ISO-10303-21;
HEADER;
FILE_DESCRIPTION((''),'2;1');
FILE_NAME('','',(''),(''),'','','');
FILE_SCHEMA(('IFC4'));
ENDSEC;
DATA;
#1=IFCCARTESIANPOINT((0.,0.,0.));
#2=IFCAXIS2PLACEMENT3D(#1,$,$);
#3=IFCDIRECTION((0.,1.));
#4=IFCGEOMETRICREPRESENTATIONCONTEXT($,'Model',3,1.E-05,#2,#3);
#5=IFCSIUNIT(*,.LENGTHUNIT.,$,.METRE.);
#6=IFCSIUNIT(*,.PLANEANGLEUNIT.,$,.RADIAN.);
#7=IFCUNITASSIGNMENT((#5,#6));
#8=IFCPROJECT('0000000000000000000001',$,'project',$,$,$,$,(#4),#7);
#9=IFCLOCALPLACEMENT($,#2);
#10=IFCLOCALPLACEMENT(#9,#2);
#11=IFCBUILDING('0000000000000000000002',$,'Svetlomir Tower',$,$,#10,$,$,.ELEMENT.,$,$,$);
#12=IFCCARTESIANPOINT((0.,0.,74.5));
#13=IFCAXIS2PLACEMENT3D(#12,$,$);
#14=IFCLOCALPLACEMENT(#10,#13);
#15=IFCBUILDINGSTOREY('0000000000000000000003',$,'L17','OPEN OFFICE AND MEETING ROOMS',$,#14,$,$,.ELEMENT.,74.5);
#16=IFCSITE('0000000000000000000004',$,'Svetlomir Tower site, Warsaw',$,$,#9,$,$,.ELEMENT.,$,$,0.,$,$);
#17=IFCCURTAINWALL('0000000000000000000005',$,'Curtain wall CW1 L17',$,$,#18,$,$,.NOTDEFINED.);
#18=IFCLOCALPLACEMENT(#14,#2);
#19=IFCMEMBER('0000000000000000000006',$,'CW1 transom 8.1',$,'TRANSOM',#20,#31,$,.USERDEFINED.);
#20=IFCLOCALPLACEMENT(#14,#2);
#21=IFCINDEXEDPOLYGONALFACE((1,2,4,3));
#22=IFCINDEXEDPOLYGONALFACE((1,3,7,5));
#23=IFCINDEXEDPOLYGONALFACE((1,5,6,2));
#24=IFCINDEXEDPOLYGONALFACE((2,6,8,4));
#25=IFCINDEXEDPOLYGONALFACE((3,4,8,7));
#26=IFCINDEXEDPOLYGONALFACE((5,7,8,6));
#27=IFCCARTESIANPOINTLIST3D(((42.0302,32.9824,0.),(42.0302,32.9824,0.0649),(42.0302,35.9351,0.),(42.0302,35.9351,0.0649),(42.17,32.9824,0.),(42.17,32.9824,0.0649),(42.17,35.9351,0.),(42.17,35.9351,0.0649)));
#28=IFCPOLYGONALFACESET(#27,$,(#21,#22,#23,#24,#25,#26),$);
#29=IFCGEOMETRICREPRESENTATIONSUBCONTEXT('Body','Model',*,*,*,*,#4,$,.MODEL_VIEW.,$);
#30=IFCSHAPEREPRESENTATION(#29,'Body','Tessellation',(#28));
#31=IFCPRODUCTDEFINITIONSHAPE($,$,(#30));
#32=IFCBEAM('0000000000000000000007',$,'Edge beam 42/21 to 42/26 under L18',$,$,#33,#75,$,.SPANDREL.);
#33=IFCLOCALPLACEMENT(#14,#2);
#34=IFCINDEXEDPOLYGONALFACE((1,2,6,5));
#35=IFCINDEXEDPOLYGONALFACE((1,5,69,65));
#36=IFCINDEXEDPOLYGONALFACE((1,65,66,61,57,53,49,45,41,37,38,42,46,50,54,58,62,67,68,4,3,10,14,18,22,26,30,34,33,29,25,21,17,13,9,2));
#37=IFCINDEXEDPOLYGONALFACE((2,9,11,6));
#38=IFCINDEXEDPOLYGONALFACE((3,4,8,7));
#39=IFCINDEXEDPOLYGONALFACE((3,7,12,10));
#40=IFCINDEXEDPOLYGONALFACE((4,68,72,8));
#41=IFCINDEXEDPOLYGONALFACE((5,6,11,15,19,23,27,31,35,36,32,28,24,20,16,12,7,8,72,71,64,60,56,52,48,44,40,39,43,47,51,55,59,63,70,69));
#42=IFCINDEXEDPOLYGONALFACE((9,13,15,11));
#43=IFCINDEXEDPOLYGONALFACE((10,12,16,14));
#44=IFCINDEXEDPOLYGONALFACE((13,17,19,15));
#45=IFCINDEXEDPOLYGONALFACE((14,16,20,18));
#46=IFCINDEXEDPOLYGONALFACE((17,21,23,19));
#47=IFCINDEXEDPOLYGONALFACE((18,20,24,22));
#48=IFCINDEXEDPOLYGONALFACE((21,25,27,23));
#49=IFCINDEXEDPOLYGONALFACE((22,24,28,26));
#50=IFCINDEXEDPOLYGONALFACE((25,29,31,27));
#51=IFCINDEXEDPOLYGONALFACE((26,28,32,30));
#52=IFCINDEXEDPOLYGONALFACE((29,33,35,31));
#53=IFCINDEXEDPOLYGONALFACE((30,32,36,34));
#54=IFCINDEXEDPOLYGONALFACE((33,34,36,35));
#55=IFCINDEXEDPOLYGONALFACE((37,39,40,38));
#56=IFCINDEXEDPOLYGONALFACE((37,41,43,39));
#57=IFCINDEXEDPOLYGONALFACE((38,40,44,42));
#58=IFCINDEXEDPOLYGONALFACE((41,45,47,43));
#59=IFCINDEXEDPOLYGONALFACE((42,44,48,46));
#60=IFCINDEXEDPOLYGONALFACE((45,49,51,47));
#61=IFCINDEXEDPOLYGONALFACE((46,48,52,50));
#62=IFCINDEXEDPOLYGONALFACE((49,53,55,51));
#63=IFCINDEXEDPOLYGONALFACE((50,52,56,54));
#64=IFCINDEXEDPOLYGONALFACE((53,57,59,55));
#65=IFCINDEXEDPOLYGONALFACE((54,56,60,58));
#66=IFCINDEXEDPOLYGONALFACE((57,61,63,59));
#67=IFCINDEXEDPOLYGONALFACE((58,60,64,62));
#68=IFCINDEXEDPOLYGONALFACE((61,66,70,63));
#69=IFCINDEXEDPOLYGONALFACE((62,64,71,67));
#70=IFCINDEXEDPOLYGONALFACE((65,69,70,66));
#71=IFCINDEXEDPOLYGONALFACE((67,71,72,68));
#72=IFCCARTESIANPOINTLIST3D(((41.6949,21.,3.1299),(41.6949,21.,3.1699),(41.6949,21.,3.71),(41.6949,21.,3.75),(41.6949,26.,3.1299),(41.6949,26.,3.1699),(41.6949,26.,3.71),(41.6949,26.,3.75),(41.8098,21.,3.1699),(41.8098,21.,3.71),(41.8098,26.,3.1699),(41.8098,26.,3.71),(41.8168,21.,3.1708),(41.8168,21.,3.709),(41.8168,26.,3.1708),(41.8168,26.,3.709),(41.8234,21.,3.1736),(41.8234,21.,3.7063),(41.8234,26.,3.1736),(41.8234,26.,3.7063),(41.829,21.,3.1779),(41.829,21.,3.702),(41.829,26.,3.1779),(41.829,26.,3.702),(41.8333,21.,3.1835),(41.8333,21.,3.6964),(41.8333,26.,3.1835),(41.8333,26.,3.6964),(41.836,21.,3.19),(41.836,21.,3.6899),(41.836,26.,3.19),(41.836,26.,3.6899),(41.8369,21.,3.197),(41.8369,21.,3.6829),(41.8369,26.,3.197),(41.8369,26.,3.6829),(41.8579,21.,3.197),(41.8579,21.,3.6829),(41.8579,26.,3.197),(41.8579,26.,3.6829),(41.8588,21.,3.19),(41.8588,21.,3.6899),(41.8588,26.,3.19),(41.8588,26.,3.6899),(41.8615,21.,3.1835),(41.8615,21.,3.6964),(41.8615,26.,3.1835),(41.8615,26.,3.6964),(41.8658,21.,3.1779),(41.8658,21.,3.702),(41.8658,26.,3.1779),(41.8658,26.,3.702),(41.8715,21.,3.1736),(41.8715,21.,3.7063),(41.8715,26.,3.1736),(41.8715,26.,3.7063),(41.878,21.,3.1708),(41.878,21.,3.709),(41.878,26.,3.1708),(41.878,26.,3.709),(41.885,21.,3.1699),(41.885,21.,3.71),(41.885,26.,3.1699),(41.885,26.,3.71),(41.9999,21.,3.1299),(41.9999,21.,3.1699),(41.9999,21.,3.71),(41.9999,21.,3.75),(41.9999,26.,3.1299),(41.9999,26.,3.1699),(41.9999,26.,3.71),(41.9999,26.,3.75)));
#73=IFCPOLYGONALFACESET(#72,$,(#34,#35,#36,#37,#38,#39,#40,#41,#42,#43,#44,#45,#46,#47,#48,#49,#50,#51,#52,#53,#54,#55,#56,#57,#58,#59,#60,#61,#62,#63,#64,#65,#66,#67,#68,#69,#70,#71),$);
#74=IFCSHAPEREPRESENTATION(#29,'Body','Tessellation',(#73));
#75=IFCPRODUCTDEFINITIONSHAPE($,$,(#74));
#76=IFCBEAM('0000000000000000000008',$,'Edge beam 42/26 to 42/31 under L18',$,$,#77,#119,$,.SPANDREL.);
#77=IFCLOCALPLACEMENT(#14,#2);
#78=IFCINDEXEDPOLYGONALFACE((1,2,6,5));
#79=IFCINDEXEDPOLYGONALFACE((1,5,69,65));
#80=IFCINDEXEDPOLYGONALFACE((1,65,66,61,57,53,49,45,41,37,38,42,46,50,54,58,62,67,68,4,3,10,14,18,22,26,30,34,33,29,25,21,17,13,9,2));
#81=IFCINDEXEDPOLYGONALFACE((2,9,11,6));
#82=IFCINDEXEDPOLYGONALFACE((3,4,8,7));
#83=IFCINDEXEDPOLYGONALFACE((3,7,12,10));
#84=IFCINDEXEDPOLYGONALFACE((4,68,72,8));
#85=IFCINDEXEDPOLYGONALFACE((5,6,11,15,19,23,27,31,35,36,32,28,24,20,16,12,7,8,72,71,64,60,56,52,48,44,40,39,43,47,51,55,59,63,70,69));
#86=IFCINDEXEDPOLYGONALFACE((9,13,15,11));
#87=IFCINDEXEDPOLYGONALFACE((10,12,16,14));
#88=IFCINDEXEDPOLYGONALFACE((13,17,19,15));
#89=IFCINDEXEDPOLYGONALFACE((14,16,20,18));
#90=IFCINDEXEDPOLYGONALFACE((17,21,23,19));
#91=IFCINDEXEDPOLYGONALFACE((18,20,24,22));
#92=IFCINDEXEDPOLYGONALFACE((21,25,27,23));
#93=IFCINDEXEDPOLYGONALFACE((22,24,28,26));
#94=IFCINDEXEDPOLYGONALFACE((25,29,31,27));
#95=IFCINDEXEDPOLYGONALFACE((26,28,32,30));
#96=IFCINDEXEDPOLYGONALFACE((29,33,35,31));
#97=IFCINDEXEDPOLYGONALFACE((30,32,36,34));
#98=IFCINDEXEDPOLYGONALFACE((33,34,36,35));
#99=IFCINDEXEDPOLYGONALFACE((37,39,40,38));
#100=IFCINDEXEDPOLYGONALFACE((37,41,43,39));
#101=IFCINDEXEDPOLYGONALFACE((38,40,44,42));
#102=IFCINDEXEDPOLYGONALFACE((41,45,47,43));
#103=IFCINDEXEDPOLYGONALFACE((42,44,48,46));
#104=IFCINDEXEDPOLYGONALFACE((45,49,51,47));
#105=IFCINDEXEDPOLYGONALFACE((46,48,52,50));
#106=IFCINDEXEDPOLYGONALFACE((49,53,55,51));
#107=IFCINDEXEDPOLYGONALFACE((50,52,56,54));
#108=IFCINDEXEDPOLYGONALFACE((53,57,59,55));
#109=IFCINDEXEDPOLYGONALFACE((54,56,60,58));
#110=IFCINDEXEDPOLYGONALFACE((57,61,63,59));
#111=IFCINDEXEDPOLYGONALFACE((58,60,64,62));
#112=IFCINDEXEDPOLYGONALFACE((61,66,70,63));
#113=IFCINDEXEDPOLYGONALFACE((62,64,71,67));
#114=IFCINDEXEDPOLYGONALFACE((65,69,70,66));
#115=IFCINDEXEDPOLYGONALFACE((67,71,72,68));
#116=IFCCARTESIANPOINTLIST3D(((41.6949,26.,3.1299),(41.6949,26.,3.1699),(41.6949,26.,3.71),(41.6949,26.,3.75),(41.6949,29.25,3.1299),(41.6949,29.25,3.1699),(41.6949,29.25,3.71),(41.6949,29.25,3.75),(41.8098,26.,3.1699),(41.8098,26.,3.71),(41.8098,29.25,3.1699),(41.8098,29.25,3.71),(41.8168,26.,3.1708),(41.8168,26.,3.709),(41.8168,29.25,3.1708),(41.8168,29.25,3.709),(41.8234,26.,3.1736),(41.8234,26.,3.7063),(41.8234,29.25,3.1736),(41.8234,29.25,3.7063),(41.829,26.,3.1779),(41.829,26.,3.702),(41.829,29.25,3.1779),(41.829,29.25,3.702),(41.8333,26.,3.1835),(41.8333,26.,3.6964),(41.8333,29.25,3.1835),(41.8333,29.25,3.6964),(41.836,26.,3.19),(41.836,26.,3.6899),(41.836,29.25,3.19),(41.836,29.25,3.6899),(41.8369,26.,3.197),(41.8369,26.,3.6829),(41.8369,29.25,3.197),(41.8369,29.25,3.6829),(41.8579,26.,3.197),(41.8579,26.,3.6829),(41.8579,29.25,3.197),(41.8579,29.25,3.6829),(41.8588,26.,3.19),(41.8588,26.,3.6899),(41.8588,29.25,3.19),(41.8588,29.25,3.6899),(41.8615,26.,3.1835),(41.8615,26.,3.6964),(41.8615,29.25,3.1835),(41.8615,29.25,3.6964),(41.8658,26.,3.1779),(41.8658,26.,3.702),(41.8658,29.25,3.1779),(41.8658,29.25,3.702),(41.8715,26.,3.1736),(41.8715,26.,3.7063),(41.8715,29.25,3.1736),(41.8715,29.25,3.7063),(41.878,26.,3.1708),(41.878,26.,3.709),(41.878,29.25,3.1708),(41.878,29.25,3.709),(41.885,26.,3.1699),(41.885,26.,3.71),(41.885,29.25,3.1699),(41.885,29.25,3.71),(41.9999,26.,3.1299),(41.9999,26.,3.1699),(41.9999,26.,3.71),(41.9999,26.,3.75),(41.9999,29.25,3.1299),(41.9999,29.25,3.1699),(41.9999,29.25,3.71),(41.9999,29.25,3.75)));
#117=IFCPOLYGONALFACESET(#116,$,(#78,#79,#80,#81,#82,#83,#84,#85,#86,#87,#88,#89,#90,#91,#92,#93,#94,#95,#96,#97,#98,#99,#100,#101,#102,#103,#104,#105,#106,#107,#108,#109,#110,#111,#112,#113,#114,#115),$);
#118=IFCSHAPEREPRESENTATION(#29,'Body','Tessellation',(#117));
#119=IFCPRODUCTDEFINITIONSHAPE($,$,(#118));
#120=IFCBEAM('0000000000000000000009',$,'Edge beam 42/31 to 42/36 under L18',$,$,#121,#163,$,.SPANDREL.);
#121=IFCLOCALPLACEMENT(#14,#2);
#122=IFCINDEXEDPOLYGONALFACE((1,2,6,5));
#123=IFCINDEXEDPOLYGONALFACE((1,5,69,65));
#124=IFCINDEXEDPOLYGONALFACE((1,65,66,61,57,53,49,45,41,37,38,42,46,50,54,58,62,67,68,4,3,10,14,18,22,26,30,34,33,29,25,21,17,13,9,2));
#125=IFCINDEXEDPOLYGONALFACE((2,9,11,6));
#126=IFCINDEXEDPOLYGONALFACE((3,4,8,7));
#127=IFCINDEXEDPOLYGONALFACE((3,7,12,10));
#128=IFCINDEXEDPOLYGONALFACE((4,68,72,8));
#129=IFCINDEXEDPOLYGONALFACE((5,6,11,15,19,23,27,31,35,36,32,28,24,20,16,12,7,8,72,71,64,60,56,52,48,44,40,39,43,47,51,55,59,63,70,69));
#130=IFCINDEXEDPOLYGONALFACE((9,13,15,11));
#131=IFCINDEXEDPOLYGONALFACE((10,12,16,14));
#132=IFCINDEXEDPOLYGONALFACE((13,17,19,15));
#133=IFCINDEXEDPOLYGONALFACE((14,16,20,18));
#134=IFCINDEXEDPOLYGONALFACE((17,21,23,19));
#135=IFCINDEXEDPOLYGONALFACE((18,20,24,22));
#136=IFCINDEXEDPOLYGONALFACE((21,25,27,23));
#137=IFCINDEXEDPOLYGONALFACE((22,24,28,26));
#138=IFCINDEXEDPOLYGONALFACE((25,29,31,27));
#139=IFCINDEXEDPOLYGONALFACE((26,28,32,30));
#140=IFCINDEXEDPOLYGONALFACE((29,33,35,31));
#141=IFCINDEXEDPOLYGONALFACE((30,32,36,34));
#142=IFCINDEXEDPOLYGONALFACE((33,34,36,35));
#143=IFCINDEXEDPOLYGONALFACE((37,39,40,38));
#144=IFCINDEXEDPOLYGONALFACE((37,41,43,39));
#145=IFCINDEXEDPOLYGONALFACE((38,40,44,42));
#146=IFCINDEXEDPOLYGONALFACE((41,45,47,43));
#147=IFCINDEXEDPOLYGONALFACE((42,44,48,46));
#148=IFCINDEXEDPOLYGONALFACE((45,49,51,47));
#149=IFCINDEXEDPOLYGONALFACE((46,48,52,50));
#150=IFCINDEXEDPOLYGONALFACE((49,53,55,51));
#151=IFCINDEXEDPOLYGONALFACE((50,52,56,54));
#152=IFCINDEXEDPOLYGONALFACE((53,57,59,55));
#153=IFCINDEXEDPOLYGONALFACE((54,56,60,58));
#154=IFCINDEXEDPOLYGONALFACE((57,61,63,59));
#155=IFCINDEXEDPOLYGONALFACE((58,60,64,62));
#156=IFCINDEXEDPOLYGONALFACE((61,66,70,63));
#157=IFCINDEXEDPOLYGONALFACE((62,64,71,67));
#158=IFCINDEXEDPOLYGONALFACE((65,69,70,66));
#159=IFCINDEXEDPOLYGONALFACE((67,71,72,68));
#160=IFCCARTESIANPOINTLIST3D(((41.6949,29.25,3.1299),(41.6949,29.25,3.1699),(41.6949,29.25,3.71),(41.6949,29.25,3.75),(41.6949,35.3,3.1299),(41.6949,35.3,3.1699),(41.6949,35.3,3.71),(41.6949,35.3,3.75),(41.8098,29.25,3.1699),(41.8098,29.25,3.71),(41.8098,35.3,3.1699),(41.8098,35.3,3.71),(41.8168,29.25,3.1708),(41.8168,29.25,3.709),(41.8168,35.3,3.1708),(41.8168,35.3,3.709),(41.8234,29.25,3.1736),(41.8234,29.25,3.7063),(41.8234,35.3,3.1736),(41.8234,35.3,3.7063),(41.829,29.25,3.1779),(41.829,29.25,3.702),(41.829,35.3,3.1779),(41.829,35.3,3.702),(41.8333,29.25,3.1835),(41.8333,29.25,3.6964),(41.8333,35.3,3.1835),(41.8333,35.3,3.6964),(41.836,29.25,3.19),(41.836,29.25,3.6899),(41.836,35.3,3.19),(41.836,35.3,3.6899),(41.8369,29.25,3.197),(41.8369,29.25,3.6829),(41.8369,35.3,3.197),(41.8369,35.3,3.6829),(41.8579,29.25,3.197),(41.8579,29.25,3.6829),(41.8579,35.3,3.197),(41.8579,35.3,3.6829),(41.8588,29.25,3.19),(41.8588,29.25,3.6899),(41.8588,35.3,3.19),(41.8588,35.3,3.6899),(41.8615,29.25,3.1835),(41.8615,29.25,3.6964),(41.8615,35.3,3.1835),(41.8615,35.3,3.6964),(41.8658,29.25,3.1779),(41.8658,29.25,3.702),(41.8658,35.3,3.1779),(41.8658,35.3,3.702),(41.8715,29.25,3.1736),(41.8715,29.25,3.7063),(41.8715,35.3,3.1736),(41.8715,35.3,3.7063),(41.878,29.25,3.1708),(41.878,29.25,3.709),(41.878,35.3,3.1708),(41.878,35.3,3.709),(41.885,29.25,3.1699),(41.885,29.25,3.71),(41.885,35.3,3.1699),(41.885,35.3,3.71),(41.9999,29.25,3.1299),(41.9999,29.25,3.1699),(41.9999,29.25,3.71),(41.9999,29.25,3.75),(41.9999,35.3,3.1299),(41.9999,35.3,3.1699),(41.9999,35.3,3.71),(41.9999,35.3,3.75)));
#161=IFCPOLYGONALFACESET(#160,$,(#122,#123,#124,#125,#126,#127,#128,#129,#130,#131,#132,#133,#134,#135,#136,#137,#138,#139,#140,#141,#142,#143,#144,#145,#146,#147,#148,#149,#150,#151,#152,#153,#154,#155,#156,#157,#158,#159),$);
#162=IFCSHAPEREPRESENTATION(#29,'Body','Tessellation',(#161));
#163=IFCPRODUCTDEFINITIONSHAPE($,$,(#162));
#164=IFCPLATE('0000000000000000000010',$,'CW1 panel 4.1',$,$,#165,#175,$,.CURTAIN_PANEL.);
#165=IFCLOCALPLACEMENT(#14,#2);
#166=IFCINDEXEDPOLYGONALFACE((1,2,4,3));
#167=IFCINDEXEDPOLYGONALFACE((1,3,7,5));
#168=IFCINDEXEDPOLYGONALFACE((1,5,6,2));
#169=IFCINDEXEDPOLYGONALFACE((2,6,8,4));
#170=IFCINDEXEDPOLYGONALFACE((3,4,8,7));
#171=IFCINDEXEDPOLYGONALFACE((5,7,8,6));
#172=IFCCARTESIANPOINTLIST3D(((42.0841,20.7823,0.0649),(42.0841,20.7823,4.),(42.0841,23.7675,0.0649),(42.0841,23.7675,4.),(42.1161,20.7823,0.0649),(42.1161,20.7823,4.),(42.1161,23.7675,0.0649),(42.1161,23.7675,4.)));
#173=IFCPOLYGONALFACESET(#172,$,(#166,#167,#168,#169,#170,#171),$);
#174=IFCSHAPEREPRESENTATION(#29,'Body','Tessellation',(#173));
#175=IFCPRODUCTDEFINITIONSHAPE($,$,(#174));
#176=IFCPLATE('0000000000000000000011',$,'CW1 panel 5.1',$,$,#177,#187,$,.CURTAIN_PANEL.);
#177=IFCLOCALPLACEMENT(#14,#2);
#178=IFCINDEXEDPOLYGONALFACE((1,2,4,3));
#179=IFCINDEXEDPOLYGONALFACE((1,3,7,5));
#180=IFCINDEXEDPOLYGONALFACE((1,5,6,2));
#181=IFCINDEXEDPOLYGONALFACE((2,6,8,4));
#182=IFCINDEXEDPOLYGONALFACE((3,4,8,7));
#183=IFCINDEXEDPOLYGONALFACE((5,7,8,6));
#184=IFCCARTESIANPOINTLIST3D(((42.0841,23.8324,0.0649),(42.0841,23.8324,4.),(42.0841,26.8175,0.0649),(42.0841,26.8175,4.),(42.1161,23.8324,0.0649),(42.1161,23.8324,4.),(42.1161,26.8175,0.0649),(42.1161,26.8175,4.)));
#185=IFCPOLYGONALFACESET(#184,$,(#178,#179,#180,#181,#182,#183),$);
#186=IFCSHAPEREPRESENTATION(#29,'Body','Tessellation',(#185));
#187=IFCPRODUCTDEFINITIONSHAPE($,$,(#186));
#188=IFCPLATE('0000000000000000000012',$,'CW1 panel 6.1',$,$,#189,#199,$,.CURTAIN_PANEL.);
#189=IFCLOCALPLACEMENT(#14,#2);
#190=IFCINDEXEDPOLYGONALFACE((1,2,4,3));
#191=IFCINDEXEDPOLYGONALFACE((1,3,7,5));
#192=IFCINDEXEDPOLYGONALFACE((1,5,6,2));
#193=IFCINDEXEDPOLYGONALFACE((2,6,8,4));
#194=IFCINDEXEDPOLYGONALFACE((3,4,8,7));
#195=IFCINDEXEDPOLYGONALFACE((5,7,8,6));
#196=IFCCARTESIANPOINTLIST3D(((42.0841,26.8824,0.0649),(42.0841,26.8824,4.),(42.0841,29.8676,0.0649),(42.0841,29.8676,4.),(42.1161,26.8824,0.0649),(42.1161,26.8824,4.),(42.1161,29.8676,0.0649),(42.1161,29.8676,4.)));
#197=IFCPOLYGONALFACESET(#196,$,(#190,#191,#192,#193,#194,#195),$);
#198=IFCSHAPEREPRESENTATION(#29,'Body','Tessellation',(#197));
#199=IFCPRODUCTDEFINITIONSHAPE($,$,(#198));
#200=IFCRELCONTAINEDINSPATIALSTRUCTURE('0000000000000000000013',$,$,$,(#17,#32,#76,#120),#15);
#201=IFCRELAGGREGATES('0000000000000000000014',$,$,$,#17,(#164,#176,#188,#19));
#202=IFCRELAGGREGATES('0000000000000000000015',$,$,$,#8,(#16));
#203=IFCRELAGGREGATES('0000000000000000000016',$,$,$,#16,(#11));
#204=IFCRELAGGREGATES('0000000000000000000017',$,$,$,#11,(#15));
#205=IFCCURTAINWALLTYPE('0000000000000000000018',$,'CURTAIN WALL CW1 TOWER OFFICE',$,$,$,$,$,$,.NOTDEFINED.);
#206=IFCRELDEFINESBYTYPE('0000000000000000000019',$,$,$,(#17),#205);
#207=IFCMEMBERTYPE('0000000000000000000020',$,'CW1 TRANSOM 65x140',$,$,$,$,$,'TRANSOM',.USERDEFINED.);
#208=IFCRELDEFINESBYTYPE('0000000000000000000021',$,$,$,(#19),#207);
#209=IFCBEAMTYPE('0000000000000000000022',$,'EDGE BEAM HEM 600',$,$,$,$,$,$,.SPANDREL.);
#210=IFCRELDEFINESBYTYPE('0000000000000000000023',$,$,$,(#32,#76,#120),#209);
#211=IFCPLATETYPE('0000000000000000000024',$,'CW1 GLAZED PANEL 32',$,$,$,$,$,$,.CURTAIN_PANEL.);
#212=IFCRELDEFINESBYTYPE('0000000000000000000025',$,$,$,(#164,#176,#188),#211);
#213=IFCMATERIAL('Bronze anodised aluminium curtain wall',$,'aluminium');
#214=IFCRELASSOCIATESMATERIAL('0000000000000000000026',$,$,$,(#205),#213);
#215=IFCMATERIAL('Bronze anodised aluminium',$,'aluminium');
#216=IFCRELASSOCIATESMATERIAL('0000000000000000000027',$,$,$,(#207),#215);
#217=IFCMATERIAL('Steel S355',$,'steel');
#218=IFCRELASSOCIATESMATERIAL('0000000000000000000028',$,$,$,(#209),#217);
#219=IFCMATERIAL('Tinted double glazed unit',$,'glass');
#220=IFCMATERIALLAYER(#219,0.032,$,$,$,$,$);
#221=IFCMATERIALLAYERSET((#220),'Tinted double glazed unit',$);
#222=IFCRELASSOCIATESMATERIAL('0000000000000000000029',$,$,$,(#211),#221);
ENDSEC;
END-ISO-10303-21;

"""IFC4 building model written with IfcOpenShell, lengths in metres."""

from ifc_helpers import new_model, si_unit, direction, frame, origin, origin_2d, place, context, subcontext, project, spatial, rectangle, i_section, extrude, material, layer, layer_set, material_profile, profile_set, type_object, element, aggregate, save


model = new_model("IFC4")

# Units and contexts
model_context = context("Model", 3, precision=1e-05, world=origin(), true_north=direction((0.0, 1.0)))
body_context = subcontext(model_context, "Body", "Model", "MODEL_VIEW")
ifc_project = project(units=[si_unit("LENGTHUNIT", "METRE"), si_unit("PLANEANGLEUNIT", "RADIAN")], contexts=[model_context])

# Site, building, storey
site_placement = place(None, origin())
site = spatial("IfcSite", under=ifc_project, at=site_placement, Name="Svetlomir Tower site, Warsaw", CompositionType="ELEMENT", RefElevation=0.0)
building_placement = place(site_placement, origin())
building = spatial("IfcBuilding", under=site, at=building_placement, Name="Svetlomir Tower", CompositionType="ELEMENT")
storey_placement = place(building_placement, frame((0.0, 0.0, 74.5)))
storey = spatial("IfcBuildingStorey", under=building, at=storey_placement, Name="L17", Description="OPEN OFFICE AND MEETING ROOMS", CompositionType="ELEMENT", Elevation=74.5)

# Curtain wall, member
ifc_material_1 = material(Name="Bronze anodised aluminium curtain wall", Category="aluminium")
curtain_wall_type = type_object("IfcCurtainWallType", Name="CURTAIN WALL CW1 TOWER OFFICE", PredefinedType="NOTDEFINED", material=ifc_material_1)
curtain_wall_placement = place(storey_placement, origin())
curtain_wall = element("IfcCurtainWall", 1, at=curtain_wall_placement, inside=storey, type_object=curtain_wall_type, Name="Curtain wall CW1 L17", PredefinedType="NOTDEFINED")
ifc_material_2 = material(Name="Bronze anodised aluminium", Category="aluminium")
ifc_material_profile_1 = material_profile(ifc_material_2, rectangle(XDim=0.1399, YDim=0.0649, at=origin_2d()), Name="AL 140x65")
ifc_profile_set_1 = profile_set([ifc_material_profile_1], Name="Bronze anodised aluminium 6063-T6")
member_type_1 = type_object("IfcMemberType", Name="CW1 TRANSOM 65x140", ElementType="TRANSOM", PredefinedType="USERDEFINED", material=ifc_profile_set_1)
member_1_placement = place(storey_placement, frame((42.1001, 32.9824, 0.0325), z_axis=(0.0, 1.0, 0.0), x_axis=(-1.0, 0.0, 0.0)))
member_1 = element("IfcMember", 2, at=member_1_placement, type_object=member_type_1, Name="CW1 transom 8.1", ObjectType="TRANSOM", PredefinedType="USERDEFINED", context=body_context, shape_type="SweptSolid", body=[
    extrude(rectangle(XDim=0.1399, YDim=0.0649, at=origin_2d()), origin(), (0.0, 0.0, 1.0), 2.9526),
])

# Beams
ifc_material_3 = material(Name="Steel S355", Category="steel")
ifc_material_profile_2 = material_profile(ifc_material_3, i_section(OverallWidth=0.3049, OverallDepth=0.6201, WebThickness=0.021, FlangeThickness=0.04, FilletRadius=0.0271, at=origin_2d()), Name="HEM 600")
ifc_profile_set_2 = profile_set([ifc_material_profile_2], Name="Steel S355")
beam_type = type_object("IfcBeamType", Name="EDGE BEAM HEM 600", PredefinedType="SPANDREL", material=ifc_profile_set_2)
beam_1_placement = place(storey_placement, frame((41.8474, 21.0, 3.4399), z_axis=(0.0, 1.0, 0.0), x_axis=(-1.0, 0.0, 0.0)))
element("IfcBeam", 3, at=beam_1_placement, inside=storey, type_object=beam_type, Name="Edge beam 42/21 to 42/26 under L18", PredefinedType="SPANDREL", context=body_context, shape_type="SweptSolid", body=[
    extrude(i_section(OverallWidth=0.3049, OverallDepth=0.6201, WebThickness=0.021, FlangeThickness=0.04, FilletRadius=0.0271, at=origin_2d()), origin(), (0.0, 0.0, 1.0), 5.0),
])
beam_2_placement = place(storey_placement, frame((41.8474, 26.0, 3.4399), z_axis=(0.0, 1.0, 0.0), x_axis=(-1.0, 0.0, 0.0)))
element("IfcBeam", 4, at=beam_2_placement, inside=storey, type_object=beam_type, Name="Edge beam 42/26 to 42/31 under L18", PredefinedType="SPANDREL", context=body_context, shape_type="SweptSolid", body=[
    extrude(i_section(OverallWidth=0.3049, OverallDepth=0.6201, WebThickness=0.021, FlangeThickness=0.04, FilletRadius=0.0271, at=origin_2d()), origin(), (0.0, 0.0, 1.0), 3.25),
])
beam_3_placement = place(storey_placement, frame((41.8474, 29.25, 3.4399), z_axis=(0.0, 1.0, 0.0), x_axis=(-1.0, 0.0, 0.0)))
element("IfcBeam", 5, at=beam_3_placement, inside=storey, type_object=beam_type, Name="Edge beam 42/31 to 42/36 under L18", PredefinedType="SPANDREL", context=body_context, shape_type="SweptSolid", body=[
    extrude(i_section(OverallWidth=0.3049, OverallDepth=0.6201, WebThickness=0.021, FlangeThickness=0.04, FilletRadius=0.0271, at=origin_2d()), origin(), (0.0, 0.0, 1.0), 6.05),
])

# Plates
ifc_material_4 = material(Name="Tinted double glazed unit", Category="glass")
ifc_layer_1 = layer(ifc_material_4, 0.032)
ifc_layer_set_1 = layer_set([ifc_layer_1], Name="Tinted double glazed unit")
plate_type = type_object("IfcPlateType", Name="CW1 GLAZED PANEL 32", PredefinedType="CURTAIN_PANEL", material=ifc_layer_set_1)
plate_1_placement = place(storey_placement, frame((42.1001, 22.2749, 0.0649), z_axis=(0.0, 0.0, 1.0), x_axis=(0.0, 1.0, 0.0)))
plate_1 = element("IfcPlate", 6, at=plate_1_placement, type_object=plate_type, Name="CW1 panel 4.1", PredefinedType="CURTAIN_PANEL", context=body_context, shape_type="SweptSolid", body=[
    extrude(rectangle(XDim=2.9851, YDim=0.032, at=origin_2d()), origin(), (0.0, 0.0, 1.0), 3.9351),
])
plate_2_placement = place(storey_placement, frame((42.1001, 25.325, 0.0649), z_axis=(0.0, 0.0, 1.0), x_axis=(0.0, 1.0, 0.0)))
plate_2 = element("IfcPlate", 7, at=plate_2_placement, type_object=plate_type, Name="CW1 panel 5.1", PredefinedType="CURTAIN_PANEL", context=body_context, shape_type="SweptSolid", body=[
    extrude(rectangle(XDim=2.9851, YDim=0.032, at=origin_2d()), origin(), (0.0, 0.0, 1.0), 3.9351),
])
plate_3_placement = place(storey_placement, frame((42.1001, 28.375, 0.0649), z_axis=(0.0, 0.0, 1.0), x_axis=(0.0, 1.0, 0.0)))
plate_3 = element("IfcPlate", 8, at=plate_3_placement, type_object=plate_type, Name="CW1 panel 6.1", PredefinedType="CURTAIN_PANEL", context=body_context, shape_type="SweptSolid", body=[
    extrude(rectangle(XDim=2.9851, YDim=0.032, at=origin_2d()), origin(), (0.0, 0.0, 1.0), 3.9351),
])
aggregate(curtain_wall, [plate_1, plate_2, plate_3, member_1])

save(model, "model.ifc")
